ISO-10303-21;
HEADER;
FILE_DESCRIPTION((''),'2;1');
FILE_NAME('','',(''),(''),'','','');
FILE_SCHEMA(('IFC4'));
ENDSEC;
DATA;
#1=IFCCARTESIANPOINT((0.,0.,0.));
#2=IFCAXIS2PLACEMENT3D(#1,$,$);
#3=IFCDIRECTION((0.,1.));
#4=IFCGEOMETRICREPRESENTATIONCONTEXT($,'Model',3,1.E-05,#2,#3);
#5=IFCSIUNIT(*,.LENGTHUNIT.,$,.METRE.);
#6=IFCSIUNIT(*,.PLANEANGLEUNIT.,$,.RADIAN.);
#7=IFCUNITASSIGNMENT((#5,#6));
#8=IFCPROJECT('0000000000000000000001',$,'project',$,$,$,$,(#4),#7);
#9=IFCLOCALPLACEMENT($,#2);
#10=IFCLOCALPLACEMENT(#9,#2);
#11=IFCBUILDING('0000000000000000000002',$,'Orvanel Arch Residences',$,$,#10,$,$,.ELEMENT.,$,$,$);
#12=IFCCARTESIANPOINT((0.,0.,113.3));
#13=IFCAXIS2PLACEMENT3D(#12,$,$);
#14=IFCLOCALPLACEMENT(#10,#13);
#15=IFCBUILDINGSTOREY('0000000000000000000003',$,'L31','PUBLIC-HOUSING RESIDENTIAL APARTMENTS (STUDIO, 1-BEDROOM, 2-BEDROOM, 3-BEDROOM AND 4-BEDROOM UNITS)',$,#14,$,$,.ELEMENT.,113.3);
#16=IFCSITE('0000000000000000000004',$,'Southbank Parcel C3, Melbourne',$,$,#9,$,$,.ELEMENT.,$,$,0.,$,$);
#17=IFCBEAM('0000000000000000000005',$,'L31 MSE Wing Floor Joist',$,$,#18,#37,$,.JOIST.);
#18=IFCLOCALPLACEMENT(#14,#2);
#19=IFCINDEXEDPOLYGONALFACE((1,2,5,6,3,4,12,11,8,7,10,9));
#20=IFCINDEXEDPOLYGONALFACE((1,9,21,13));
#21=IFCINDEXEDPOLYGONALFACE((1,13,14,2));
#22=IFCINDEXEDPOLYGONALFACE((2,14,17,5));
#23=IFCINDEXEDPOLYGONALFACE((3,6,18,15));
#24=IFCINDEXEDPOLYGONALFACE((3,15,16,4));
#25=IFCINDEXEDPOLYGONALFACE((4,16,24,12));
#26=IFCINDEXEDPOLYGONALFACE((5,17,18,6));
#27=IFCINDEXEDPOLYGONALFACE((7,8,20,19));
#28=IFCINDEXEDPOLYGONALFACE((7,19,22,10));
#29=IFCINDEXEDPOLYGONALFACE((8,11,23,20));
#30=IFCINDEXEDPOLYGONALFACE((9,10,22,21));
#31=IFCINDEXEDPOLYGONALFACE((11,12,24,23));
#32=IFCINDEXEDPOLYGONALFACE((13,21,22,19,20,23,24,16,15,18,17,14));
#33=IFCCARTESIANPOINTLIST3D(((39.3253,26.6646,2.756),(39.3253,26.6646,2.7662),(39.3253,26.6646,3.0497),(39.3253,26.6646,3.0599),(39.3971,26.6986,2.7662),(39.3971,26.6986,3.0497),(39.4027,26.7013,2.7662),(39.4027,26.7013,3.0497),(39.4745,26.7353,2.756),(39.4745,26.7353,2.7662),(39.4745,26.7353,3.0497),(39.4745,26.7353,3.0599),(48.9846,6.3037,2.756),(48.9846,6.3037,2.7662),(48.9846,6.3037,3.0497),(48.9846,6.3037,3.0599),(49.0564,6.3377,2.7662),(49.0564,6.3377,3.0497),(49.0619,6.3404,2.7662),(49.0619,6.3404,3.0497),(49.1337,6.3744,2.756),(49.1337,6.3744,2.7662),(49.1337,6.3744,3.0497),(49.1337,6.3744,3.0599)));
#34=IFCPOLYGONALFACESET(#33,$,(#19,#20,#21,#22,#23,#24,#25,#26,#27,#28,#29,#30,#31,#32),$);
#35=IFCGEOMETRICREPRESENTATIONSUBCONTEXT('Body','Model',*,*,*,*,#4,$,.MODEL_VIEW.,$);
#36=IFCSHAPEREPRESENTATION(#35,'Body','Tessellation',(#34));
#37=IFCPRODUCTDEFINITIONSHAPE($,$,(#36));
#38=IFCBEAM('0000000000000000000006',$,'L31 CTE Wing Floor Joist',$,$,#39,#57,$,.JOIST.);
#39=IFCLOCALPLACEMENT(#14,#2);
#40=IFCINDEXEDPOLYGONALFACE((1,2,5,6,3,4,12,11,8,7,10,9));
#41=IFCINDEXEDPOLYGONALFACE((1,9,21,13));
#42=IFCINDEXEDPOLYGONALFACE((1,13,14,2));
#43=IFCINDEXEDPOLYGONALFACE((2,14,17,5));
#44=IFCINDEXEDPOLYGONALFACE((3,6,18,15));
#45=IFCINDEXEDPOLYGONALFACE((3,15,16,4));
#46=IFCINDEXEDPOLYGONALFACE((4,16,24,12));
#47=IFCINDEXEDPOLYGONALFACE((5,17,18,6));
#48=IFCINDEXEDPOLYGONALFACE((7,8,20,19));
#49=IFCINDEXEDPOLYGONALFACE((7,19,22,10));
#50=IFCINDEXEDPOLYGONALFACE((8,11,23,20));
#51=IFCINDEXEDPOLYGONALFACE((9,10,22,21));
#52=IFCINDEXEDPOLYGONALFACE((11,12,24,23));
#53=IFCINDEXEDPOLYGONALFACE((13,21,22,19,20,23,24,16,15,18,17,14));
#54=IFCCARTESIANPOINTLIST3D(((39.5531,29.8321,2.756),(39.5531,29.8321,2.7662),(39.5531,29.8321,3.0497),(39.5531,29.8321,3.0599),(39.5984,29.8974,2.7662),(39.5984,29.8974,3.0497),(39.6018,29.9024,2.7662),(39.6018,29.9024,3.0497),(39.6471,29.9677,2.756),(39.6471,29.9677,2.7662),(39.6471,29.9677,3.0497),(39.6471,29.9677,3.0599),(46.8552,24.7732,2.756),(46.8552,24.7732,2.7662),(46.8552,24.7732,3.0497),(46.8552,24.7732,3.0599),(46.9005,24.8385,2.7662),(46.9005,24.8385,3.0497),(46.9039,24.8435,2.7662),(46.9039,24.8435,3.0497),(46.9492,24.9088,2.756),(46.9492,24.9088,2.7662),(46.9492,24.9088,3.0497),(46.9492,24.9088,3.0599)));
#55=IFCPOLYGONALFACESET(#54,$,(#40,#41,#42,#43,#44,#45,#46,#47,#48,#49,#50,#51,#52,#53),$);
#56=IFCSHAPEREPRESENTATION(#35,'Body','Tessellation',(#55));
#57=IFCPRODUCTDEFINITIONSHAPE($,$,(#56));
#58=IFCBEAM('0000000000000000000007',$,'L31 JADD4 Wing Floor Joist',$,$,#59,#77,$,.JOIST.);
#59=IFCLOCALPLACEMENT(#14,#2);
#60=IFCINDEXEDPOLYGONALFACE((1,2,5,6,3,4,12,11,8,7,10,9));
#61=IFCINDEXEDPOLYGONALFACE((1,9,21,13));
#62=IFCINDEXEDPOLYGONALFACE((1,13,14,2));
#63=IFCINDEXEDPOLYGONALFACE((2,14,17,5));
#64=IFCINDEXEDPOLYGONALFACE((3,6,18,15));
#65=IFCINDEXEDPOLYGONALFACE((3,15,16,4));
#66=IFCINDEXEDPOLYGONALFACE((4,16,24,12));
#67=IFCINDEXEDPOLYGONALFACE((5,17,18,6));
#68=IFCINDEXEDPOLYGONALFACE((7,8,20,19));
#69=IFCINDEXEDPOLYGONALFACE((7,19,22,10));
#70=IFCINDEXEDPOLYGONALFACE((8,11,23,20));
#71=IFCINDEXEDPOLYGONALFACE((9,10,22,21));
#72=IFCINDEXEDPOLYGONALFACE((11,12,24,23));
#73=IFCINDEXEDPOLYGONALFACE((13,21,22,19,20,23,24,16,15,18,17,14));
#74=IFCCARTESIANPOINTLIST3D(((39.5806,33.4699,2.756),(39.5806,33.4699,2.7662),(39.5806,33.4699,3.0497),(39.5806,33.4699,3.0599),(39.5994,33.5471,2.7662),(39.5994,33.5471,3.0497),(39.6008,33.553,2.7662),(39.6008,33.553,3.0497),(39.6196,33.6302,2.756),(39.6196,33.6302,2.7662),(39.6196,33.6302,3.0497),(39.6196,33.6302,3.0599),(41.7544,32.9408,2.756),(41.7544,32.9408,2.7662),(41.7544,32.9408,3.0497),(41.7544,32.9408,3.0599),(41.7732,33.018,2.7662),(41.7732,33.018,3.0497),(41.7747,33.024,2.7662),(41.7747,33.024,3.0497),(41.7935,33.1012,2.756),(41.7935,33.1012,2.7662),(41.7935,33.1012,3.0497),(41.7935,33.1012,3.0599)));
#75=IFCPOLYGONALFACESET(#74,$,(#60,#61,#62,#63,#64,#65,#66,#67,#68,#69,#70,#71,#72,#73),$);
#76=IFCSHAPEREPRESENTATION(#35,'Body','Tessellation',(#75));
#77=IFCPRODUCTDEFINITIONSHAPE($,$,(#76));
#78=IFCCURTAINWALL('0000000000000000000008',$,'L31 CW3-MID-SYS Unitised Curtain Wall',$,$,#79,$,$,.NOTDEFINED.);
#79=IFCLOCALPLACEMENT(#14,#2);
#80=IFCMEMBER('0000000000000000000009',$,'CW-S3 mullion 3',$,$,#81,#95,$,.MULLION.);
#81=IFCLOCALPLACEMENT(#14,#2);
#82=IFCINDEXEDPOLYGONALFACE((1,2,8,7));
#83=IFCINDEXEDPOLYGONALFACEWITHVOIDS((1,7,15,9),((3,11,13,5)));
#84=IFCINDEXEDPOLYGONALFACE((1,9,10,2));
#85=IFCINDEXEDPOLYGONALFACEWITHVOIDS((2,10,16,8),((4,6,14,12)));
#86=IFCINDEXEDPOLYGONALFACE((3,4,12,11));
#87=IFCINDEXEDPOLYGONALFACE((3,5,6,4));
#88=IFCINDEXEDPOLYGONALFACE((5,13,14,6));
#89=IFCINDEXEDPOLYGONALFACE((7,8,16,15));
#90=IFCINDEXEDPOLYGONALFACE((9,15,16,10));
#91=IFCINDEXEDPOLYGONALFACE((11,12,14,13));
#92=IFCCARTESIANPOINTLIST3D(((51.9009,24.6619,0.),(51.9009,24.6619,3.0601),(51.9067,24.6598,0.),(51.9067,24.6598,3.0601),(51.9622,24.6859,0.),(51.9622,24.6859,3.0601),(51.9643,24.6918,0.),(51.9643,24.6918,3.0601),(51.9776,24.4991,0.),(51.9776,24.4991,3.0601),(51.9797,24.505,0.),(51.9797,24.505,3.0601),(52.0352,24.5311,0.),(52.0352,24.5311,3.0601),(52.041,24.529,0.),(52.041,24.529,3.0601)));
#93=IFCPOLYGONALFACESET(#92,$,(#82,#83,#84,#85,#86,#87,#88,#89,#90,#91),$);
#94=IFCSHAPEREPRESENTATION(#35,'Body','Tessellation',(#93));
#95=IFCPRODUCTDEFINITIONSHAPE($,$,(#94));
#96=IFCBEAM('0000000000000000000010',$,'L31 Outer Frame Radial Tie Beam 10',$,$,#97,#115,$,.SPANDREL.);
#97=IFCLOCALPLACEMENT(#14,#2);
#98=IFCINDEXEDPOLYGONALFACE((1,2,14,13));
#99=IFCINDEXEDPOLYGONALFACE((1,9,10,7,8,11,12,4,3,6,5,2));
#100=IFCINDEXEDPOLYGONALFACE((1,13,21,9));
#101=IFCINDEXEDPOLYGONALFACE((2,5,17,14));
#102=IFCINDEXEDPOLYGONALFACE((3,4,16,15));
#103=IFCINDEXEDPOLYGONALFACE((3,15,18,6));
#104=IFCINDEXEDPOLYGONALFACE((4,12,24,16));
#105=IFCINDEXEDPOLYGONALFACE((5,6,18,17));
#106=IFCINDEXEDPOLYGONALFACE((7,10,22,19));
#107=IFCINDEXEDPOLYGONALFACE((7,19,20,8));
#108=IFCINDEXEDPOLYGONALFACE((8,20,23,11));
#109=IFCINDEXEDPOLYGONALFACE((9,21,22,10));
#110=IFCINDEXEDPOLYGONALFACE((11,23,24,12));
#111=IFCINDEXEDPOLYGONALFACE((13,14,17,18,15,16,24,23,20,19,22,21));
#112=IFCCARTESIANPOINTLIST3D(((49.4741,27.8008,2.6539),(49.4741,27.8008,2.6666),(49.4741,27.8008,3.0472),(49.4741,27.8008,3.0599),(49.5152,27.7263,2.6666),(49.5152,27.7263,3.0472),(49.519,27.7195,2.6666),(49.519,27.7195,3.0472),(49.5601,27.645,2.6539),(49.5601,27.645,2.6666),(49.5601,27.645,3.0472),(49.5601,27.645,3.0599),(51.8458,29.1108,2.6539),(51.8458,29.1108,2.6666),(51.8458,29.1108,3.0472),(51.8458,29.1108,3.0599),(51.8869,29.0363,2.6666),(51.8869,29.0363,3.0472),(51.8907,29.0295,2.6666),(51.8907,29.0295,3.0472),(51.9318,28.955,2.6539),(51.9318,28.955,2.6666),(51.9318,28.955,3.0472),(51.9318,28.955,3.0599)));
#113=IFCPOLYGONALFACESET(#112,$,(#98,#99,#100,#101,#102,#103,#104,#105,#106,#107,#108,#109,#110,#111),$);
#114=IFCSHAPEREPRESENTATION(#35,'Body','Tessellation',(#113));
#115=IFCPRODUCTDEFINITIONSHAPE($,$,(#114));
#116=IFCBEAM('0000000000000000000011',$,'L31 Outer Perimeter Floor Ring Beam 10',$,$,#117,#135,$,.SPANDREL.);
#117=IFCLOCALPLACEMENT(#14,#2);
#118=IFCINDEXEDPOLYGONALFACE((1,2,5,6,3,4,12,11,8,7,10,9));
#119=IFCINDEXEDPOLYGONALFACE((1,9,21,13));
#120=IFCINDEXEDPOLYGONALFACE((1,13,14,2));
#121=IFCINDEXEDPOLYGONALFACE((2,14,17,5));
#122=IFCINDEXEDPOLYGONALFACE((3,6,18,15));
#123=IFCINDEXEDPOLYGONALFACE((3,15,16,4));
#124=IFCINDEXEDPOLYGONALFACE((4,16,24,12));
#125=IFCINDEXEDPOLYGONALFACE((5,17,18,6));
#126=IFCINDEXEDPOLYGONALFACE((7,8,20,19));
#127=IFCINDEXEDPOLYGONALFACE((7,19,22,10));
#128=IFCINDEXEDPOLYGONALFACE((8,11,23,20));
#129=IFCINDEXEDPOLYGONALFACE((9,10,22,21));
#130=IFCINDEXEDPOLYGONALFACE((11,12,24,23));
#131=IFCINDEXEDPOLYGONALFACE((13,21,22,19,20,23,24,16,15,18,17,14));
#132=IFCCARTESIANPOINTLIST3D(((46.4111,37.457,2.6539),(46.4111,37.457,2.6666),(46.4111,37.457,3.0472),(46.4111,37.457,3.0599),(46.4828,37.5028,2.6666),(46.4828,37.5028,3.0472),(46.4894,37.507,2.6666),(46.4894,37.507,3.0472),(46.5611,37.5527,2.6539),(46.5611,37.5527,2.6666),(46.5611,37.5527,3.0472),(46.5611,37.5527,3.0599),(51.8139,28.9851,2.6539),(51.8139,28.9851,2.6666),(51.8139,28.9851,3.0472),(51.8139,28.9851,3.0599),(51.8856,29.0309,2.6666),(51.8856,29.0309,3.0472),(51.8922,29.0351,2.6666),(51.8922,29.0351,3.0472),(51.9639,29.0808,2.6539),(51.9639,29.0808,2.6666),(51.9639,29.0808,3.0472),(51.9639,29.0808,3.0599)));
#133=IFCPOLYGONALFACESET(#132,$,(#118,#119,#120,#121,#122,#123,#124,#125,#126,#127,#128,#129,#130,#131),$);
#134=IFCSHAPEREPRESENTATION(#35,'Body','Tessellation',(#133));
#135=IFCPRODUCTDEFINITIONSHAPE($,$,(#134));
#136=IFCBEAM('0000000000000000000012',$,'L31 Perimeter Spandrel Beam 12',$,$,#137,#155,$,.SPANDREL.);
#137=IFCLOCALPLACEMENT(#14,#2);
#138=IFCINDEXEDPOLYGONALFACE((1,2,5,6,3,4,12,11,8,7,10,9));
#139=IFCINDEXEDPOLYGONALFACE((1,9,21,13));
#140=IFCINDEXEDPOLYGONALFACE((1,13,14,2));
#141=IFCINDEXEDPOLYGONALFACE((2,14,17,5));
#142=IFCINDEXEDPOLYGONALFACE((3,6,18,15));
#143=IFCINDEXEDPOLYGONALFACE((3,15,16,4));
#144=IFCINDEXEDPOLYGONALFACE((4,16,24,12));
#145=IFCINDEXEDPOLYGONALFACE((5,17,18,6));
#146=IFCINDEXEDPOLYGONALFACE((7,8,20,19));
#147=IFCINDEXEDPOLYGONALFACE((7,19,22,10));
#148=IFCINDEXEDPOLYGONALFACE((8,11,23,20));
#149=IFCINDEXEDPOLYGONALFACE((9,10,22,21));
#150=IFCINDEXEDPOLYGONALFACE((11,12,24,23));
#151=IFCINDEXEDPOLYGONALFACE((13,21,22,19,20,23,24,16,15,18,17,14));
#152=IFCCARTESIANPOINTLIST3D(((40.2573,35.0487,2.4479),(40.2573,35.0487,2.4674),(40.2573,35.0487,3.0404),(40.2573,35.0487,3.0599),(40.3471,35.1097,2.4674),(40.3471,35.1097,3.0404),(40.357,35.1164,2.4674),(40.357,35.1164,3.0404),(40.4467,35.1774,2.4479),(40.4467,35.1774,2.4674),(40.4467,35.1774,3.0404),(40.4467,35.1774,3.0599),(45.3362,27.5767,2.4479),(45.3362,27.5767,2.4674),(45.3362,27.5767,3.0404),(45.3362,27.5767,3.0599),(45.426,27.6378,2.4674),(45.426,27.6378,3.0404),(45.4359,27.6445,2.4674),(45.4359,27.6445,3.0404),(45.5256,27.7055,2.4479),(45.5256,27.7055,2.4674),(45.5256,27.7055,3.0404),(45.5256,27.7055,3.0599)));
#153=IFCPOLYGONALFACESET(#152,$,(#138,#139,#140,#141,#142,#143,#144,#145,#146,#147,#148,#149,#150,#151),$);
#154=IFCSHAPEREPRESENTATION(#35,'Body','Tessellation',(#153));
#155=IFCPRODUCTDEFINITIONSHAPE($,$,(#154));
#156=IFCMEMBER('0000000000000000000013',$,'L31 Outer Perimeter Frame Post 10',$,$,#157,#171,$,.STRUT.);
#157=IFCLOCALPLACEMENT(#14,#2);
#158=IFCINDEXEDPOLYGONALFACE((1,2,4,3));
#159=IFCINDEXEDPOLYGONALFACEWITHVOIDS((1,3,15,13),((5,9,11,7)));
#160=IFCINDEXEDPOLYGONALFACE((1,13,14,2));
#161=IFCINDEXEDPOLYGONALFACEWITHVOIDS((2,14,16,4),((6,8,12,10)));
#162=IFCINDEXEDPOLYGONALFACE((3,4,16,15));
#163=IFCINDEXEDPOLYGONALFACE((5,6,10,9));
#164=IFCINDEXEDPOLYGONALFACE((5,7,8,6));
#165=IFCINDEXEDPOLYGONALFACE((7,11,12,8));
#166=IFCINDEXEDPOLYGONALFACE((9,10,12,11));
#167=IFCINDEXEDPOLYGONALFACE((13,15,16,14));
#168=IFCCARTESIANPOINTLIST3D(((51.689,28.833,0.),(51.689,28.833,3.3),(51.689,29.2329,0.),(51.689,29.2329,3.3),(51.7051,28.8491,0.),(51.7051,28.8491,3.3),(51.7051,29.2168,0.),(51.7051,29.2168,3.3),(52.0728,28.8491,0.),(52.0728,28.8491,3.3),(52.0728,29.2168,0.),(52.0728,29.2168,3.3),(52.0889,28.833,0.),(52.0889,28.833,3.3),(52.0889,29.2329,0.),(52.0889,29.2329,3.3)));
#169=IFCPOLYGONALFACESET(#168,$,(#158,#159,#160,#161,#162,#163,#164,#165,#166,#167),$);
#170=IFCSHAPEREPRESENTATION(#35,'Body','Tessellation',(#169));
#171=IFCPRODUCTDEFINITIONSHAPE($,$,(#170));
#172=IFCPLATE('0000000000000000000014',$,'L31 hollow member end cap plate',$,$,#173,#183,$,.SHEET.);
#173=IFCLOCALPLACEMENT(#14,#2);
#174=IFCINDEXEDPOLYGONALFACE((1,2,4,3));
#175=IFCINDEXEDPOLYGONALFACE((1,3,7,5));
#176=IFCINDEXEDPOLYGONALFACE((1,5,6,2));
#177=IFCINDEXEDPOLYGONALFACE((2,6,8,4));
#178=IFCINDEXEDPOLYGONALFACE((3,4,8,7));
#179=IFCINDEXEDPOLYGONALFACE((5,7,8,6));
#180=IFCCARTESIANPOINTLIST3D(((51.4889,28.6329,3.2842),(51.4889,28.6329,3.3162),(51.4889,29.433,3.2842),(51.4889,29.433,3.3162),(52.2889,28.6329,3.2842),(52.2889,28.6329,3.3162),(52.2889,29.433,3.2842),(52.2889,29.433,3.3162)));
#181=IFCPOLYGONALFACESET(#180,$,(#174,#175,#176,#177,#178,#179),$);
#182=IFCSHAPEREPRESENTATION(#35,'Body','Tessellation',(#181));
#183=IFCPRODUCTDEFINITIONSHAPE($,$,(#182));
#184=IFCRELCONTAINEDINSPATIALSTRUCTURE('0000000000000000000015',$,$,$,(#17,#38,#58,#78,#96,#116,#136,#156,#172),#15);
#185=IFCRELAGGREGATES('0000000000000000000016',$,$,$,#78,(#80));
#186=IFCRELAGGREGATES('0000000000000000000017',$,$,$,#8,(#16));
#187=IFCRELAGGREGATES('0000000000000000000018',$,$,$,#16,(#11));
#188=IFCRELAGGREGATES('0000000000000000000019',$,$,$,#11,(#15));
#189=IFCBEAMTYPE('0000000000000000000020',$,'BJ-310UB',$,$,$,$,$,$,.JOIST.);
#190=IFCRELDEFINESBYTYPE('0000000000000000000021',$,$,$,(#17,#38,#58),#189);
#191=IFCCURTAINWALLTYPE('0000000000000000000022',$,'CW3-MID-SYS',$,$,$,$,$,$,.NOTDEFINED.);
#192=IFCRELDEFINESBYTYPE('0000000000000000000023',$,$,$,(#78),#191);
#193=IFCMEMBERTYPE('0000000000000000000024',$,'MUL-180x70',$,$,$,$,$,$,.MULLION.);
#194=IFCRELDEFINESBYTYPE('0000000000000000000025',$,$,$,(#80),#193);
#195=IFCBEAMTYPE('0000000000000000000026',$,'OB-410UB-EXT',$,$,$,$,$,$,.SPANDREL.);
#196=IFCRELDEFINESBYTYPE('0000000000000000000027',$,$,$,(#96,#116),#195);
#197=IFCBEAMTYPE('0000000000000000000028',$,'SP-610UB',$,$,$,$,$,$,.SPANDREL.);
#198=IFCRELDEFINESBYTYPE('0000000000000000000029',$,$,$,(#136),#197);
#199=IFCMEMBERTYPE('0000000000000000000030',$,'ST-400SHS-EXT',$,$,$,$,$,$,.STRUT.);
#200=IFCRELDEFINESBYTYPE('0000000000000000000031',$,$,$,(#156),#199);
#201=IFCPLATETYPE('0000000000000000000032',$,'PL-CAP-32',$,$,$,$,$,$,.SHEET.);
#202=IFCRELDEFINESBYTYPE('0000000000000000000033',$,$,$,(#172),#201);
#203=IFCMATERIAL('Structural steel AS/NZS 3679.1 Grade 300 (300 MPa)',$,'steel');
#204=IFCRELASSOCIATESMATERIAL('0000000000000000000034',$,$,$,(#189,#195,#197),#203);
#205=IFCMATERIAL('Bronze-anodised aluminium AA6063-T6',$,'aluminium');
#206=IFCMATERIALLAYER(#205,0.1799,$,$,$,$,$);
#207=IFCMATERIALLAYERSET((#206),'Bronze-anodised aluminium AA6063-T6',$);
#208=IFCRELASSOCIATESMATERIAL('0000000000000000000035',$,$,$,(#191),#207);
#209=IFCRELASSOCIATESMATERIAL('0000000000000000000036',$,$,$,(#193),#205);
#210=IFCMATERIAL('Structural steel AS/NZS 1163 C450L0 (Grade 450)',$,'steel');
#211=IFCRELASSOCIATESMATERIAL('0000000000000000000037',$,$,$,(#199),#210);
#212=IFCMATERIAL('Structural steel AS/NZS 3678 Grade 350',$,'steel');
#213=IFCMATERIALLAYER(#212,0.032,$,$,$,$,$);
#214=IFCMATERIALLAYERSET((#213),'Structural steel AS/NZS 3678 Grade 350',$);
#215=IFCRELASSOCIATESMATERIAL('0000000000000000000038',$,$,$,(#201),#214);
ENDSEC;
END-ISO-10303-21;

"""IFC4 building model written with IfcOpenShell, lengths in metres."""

from ifc_helpers import new_model, si_unit, direction, frame, origin, origin_2d, place, context, subcontext, project, spatial, rectangle, hollow_rectangle, i_section, extrude, material, layer, layer_set, material_profile, profile_set, type_object, element, aggregate, save


model = new_model("IFC4")

# Units and contexts
model_context = context("Model", 3, precision=1e-05, world=origin(), true_north=direction((0.0, 1.0)))
body_context = subcontext(model_context, "Body", "Model", "MODEL_VIEW")
ifc_project = project(units=[si_unit("LENGTHUNIT", "METRE"), si_unit("PLANEANGLEUNIT", "RADIAN")], contexts=[model_context])

# Site, building, storey
site_placement = place(None, origin())
site = spatial("IfcSite", under=ifc_project, at=site_placement, Name="Southbank Parcel C3, Melbourne", CompositionType="ELEMENT", RefElevation=0.0)
building_placement = place(site_placement, origin())
building = spatial("IfcBuilding", under=site, at=building_placement, Name="Orvanel Arch Residences", CompositionType="ELEMENT")
storey_placement = place(building_placement, frame((0.0, 0.0, 113.3)))
storey = spatial("IfcBuildingStorey", under=building, at=storey_placement, Name="L31", Description="PUBLIC-HOUSING RESIDENTIAL APARTMENTS (STUDIO, 1-BEDROOM, 2-BEDROOM, 3-BEDROOM AND 4-BEDROOM UNITS)", CompositionType="ELEMENT", Elevation=113.3)

# Shared definitions
ifc_material_1 = material(Name="Structural steel AS/NZS 1163 C450L0 (Grade 450)", Category="steel")

# Beams
ifc_material_2 = material(Name="Structural steel AS/NZS 3679.1 Grade 300 (300 MPa)", Category="steel")
ifc_material_profile_1 = material_profile(ifc_material_2, i_section(OverallWidth=0.165, OverallDepth=0.304, WebThickness=0.0061, FlangeThickness=0.0103, at=origin_2d()), Name="310UB40.4")
ifc_profile_set_1 = profile_set([ifc_material_profile_1], Name="Structural steel AS/NZS 3679.1 Grade 300 (300 MPa)")
beam_type_1 = type_object("IfcBeamType", Name="BJ-310UB", PredefinedType="JOIST", material=ifc_profile_set_1)
beam_1_placement = place(storey_placement, frame((39.3999, 26.7, 2.908), z_axis=(0.428614, -0.903488, 0.0), x_axis=(0.903488, 0.428614, 0.0)))
element("IfcBeam", 1, at=beam_1_placement, inside=storey, type_object=beam_type_1, Name="L31 MSE Wing Floor Joist", PredefinedType="JOIST", context=body_context, shape_type="SweptSolid", body=[
    extrude(i_section(OverallWidth=0.165, OverallDepth=0.304, WebThickness=0.0061, FlangeThickness=0.0103, at=origin_2d()), origin(), (0.0, 0.0, 1.0), 22.5359),
])
beam_2_placement = place(storey_placement, frame((39.6001, 29.8999, 2.908), z_axis=(0.822002, -0.569484, 0.0), x_axis=(0.569484, 0.822002, 0.0)))
element("IfcBeam", 2, at=beam_2_placement, inside=storey, type_object=beam_type_1, Name="L31 CTE Wing Floor Joist", PredefinedType="JOIST", context=body_context, shape_type="SweptSolid", body=[
    extrude(i_section(OverallWidth=0.165, OverallDepth=0.304, WebThickness=0.0061, FlangeThickness=0.0103, at=origin_2d()), origin(), (0.0, 0.0, 1.0), 8.8833),
])
beam_3_placement = place(storey_placement, frame((39.6001, 33.55, 2.908), z_axis=(0.971638, -0.236471, 0.0), x_axis=(0.236471, 0.971638, 0.0)))
element("IfcBeam", 3, at=beam_3_placement, inside=storey, type_object=beam_type_1, Name="L31 JADD4 Wing Floor Joist", PredefinedType="JOIST", context=body_context, shape_type="SweptSolid", body=[
    extrude(i_section(OverallWidth=0.165, OverallDepth=0.304, WebThickness=0.0061, FlangeThickness=0.0103, at=origin_2d()), origin(), (0.0, 0.0, 1.0), 2.2373),
])

# Curtain wall, member
ifc_material_3 = material(Name="Bronze-anodised aluminium AA6063-T6", Category="aluminium")
ifc_layer_1 = layer(ifc_material_3, 0.1799)
ifc_layer_set_1 = layer_set([ifc_layer_1], Name="Bronze-anodised aluminium AA6063-T6")
curtain_wall_type = type_object("IfcCurtainWallType", Name="CW3-MID-SYS", PredefinedType="NOTDEFINED", material=ifc_layer_set_1)
curtain_wall_placement = place(storey_placement, origin())
curtain_wall = element("IfcCurtainWall", 4, at=curtain_wall_placement, inside=storey, type_object=curtain_wall_type, Name="L31 CW3-MID-SYS Unitised Curtain Wall", PredefinedType="NOTDEFINED")
ifc_material_profile_2 = material_profile(ifc_material_3, hollow_rectangle(XDim=0.0701, YDim=0.1799, WallThickness=0.0044, at=origin_2d()), Name="ALU180x70x4.5")
ifc_profile_set_2 = profile_set([ifc_material_profile_2], Name="Bronze-anodised aluminium AA6063-T6")
member_type_1 = type_object("IfcMemberType", Name="MUL-180x70", PredefinedType="MULLION", material=ifc_profile_set_2)
member_1_placement = place(storey_placement, frame((51.9709, 24.5955, 0.0), z_axis=(0.0, 0.0, 1.0), x_axis=(-0.904428, -0.426627, 0.0)))
member_1 = element("IfcMember", 5, at=member_1_placement, type_object=member_type_1, Name="CW-S3 mullion 3", PredefinedType="MULLION", context=body_context, shape_type="SweptSolid", body=[
    extrude(hollow_rectangle(XDim=0.0701, YDim=0.1799, WallThickness=0.0044, at=origin_2d()), origin(), (0.0, 0.0, 1.0), 3.0601),
])
aggregate(curtain_wall, [member_1])

# Beams
ifc_material_profile_3 = material_profile(ifc_material_2, i_section(OverallWidth=0.178, OverallDepth=0.406, WebThickness=0.0078, FlangeThickness=0.0127, at=origin_2d()), Name="410UB59.7")
ifc_profile_set_3 = profile_set([ifc_material_profile_3], Name="Structural steel AS/NZS 3679.1 Grade 300 (300 MPa)")
beam_type_2 = type_object("IfcBeamType", Name="OB-410UB-EXT", PredefinedType="SPANDREL", material=ifc_profile_set_3)
beam_4_placement = place(storey_placement, frame((49.5171, 27.7229, 2.8569), z_axis=(0.875349, 0.483492, 0.0), x_axis=(-0.483492, 0.875349, 0.0)))
element("IfcBeam", 6, at=beam_4_placement, inside=storey, type_object=beam_type_2, Name="L31 Outer Frame Radial Tie Beam 10", PredefinedType="SPANDREL", context=body_context, shape_type="SweptSolid", body=[
    extrude(i_section(OverallWidth=0.178, OverallDepth=0.406, WebThickness=0.0078, FlangeThickness=0.0127, at=origin_2d()), origin(), (0.0, 0.0, 1.0), 2.7095),
])
beam_5_placement = place(storey_placement, frame((51.8889, 29.033, 2.8569), z_axis=(-0.537697, 0.843138, 0.0), x_axis=(-0.843138, -0.537697, 0.0)))
element("IfcBeam", 7, at=beam_5_placement, inside=storey, type_object=beam_type_2, Name="L31 Outer Perimeter Floor Ring Beam 10", PredefinedType="SPANDREL", context=body_context, shape_type="SweptSolid", body=[
    extrude(i_section(OverallWidth=0.178, OverallDepth=0.406, WebThickness=0.0078, FlangeThickness=0.0127, at=origin_2d()), origin(), (0.0, 0.0, 1.0), 10.0481),
])
ifc_material_profile_4 = material_profile(ifc_material_2, i_section(OverallWidth=0.229, OverallDepth=0.6121, WebThickness=0.012, FlangeThickness=0.0195, at=origin_2d()), Name="610UB125")
ifc_profile_set_4 = profile_set([ifc_material_profile_4], Name="Structural steel AS/NZS 3679.1 Grade 300 (300 MPa)")
beam_type_3 = type_object("IfcBeamType", Name="SP-610UB", PredefinedType="SPANDREL", material=ifc_profile_set_4)
beam_6_placement = place(storey_placement, frame((45.4309, 27.6411, 2.7539), z_axis=(-0.562155, 0.827032, 0.0), x_axis=(-0.827032, -0.562155, 0.0)))
element("IfcBeam", 8, at=beam_6_placement, inside=storey, type_object=beam_type_3, Name="L31 Perimeter Spandrel Beam 12", PredefinedType="SPANDREL", context=body_context, shape_type="SweptSolid", body=[
    extrude(i_section(OverallWidth=0.229, OverallDepth=0.6121, WebThickness=0.012, FlangeThickness=0.0195, at=origin_2d()), origin(), (0.0, 0.0, 1.0), 9.0347),
])

# Member
ifc_material_profile_5 = material_profile(ifc_material_1, hollow_rectangle(XDim=0.3999, YDim=0.3999, WallThickness=0.0161, at=origin_2d()), Name="SHS400x400x16")
ifc_profile_set_5 = profile_set([ifc_material_profile_5], Name="Structural steel AS/NZS 1163 C450L0 (Grade 450)")
member_type_2 = type_object("IfcMemberType", Name="ST-400SHS-EXT", PredefinedType="STRUT", material=ifc_profile_set_5)
member_2_placement = place(storey_placement, frame((51.8889, 29.033, 0.0), z_axis=(0.0, 0.0, 1.0), x_axis=(1.0, 0.0, 0.0)))
element("IfcMember", 9, at=member_2_placement, inside=storey, type_object=member_type_2, Name="L31 Outer Perimeter Frame Post 10", PredefinedType="STRUT", context=body_context, shape_type="SweptSolid", body=[
    extrude(hollow_rectangle(XDim=0.3999, YDim=0.3999, WallThickness=0.0161, at=origin_2d()), origin(), (0.0, 0.0, 1.0), 3.3),
])

# Plate
ifc_material_4 = material(Name="Structural steel AS/NZS 3678 Grade 350", Category="steel")
ifc_layer_2 = layer(ifc_material_4, 0.032)
ifc_layer_set_2 = layer_set([ifc_layer_2], Name="Structural steel AS/NZS 3678 Grade 350")
plate_type = type_object("IfcPlateType", Name="PL-CAP-32", PredefinedType="SHEET", material=ifc_layer_set_2)
plate_placement = place(storey_placement, frame((51.8889, 29.033, 3.2842), z_axis=(0.0, 0.0, 1.0), x_axis=(1.0, 0.0, 0.0)))
element("IfcPlate", 10, at=plate_placement, inside=storey, type_object=plate_type, Name="L31 hollow member end cap plate", PredefinedType="SHEET", context=body_context, shape_type="SweptSolid", body=[
    extrude(rectangle(XDim=0.8, YDim=0.8, at=origin_2d()), origin(), (0.0, 0.0, 1.0), 0.032),
])

save(model, "model.ifc")
